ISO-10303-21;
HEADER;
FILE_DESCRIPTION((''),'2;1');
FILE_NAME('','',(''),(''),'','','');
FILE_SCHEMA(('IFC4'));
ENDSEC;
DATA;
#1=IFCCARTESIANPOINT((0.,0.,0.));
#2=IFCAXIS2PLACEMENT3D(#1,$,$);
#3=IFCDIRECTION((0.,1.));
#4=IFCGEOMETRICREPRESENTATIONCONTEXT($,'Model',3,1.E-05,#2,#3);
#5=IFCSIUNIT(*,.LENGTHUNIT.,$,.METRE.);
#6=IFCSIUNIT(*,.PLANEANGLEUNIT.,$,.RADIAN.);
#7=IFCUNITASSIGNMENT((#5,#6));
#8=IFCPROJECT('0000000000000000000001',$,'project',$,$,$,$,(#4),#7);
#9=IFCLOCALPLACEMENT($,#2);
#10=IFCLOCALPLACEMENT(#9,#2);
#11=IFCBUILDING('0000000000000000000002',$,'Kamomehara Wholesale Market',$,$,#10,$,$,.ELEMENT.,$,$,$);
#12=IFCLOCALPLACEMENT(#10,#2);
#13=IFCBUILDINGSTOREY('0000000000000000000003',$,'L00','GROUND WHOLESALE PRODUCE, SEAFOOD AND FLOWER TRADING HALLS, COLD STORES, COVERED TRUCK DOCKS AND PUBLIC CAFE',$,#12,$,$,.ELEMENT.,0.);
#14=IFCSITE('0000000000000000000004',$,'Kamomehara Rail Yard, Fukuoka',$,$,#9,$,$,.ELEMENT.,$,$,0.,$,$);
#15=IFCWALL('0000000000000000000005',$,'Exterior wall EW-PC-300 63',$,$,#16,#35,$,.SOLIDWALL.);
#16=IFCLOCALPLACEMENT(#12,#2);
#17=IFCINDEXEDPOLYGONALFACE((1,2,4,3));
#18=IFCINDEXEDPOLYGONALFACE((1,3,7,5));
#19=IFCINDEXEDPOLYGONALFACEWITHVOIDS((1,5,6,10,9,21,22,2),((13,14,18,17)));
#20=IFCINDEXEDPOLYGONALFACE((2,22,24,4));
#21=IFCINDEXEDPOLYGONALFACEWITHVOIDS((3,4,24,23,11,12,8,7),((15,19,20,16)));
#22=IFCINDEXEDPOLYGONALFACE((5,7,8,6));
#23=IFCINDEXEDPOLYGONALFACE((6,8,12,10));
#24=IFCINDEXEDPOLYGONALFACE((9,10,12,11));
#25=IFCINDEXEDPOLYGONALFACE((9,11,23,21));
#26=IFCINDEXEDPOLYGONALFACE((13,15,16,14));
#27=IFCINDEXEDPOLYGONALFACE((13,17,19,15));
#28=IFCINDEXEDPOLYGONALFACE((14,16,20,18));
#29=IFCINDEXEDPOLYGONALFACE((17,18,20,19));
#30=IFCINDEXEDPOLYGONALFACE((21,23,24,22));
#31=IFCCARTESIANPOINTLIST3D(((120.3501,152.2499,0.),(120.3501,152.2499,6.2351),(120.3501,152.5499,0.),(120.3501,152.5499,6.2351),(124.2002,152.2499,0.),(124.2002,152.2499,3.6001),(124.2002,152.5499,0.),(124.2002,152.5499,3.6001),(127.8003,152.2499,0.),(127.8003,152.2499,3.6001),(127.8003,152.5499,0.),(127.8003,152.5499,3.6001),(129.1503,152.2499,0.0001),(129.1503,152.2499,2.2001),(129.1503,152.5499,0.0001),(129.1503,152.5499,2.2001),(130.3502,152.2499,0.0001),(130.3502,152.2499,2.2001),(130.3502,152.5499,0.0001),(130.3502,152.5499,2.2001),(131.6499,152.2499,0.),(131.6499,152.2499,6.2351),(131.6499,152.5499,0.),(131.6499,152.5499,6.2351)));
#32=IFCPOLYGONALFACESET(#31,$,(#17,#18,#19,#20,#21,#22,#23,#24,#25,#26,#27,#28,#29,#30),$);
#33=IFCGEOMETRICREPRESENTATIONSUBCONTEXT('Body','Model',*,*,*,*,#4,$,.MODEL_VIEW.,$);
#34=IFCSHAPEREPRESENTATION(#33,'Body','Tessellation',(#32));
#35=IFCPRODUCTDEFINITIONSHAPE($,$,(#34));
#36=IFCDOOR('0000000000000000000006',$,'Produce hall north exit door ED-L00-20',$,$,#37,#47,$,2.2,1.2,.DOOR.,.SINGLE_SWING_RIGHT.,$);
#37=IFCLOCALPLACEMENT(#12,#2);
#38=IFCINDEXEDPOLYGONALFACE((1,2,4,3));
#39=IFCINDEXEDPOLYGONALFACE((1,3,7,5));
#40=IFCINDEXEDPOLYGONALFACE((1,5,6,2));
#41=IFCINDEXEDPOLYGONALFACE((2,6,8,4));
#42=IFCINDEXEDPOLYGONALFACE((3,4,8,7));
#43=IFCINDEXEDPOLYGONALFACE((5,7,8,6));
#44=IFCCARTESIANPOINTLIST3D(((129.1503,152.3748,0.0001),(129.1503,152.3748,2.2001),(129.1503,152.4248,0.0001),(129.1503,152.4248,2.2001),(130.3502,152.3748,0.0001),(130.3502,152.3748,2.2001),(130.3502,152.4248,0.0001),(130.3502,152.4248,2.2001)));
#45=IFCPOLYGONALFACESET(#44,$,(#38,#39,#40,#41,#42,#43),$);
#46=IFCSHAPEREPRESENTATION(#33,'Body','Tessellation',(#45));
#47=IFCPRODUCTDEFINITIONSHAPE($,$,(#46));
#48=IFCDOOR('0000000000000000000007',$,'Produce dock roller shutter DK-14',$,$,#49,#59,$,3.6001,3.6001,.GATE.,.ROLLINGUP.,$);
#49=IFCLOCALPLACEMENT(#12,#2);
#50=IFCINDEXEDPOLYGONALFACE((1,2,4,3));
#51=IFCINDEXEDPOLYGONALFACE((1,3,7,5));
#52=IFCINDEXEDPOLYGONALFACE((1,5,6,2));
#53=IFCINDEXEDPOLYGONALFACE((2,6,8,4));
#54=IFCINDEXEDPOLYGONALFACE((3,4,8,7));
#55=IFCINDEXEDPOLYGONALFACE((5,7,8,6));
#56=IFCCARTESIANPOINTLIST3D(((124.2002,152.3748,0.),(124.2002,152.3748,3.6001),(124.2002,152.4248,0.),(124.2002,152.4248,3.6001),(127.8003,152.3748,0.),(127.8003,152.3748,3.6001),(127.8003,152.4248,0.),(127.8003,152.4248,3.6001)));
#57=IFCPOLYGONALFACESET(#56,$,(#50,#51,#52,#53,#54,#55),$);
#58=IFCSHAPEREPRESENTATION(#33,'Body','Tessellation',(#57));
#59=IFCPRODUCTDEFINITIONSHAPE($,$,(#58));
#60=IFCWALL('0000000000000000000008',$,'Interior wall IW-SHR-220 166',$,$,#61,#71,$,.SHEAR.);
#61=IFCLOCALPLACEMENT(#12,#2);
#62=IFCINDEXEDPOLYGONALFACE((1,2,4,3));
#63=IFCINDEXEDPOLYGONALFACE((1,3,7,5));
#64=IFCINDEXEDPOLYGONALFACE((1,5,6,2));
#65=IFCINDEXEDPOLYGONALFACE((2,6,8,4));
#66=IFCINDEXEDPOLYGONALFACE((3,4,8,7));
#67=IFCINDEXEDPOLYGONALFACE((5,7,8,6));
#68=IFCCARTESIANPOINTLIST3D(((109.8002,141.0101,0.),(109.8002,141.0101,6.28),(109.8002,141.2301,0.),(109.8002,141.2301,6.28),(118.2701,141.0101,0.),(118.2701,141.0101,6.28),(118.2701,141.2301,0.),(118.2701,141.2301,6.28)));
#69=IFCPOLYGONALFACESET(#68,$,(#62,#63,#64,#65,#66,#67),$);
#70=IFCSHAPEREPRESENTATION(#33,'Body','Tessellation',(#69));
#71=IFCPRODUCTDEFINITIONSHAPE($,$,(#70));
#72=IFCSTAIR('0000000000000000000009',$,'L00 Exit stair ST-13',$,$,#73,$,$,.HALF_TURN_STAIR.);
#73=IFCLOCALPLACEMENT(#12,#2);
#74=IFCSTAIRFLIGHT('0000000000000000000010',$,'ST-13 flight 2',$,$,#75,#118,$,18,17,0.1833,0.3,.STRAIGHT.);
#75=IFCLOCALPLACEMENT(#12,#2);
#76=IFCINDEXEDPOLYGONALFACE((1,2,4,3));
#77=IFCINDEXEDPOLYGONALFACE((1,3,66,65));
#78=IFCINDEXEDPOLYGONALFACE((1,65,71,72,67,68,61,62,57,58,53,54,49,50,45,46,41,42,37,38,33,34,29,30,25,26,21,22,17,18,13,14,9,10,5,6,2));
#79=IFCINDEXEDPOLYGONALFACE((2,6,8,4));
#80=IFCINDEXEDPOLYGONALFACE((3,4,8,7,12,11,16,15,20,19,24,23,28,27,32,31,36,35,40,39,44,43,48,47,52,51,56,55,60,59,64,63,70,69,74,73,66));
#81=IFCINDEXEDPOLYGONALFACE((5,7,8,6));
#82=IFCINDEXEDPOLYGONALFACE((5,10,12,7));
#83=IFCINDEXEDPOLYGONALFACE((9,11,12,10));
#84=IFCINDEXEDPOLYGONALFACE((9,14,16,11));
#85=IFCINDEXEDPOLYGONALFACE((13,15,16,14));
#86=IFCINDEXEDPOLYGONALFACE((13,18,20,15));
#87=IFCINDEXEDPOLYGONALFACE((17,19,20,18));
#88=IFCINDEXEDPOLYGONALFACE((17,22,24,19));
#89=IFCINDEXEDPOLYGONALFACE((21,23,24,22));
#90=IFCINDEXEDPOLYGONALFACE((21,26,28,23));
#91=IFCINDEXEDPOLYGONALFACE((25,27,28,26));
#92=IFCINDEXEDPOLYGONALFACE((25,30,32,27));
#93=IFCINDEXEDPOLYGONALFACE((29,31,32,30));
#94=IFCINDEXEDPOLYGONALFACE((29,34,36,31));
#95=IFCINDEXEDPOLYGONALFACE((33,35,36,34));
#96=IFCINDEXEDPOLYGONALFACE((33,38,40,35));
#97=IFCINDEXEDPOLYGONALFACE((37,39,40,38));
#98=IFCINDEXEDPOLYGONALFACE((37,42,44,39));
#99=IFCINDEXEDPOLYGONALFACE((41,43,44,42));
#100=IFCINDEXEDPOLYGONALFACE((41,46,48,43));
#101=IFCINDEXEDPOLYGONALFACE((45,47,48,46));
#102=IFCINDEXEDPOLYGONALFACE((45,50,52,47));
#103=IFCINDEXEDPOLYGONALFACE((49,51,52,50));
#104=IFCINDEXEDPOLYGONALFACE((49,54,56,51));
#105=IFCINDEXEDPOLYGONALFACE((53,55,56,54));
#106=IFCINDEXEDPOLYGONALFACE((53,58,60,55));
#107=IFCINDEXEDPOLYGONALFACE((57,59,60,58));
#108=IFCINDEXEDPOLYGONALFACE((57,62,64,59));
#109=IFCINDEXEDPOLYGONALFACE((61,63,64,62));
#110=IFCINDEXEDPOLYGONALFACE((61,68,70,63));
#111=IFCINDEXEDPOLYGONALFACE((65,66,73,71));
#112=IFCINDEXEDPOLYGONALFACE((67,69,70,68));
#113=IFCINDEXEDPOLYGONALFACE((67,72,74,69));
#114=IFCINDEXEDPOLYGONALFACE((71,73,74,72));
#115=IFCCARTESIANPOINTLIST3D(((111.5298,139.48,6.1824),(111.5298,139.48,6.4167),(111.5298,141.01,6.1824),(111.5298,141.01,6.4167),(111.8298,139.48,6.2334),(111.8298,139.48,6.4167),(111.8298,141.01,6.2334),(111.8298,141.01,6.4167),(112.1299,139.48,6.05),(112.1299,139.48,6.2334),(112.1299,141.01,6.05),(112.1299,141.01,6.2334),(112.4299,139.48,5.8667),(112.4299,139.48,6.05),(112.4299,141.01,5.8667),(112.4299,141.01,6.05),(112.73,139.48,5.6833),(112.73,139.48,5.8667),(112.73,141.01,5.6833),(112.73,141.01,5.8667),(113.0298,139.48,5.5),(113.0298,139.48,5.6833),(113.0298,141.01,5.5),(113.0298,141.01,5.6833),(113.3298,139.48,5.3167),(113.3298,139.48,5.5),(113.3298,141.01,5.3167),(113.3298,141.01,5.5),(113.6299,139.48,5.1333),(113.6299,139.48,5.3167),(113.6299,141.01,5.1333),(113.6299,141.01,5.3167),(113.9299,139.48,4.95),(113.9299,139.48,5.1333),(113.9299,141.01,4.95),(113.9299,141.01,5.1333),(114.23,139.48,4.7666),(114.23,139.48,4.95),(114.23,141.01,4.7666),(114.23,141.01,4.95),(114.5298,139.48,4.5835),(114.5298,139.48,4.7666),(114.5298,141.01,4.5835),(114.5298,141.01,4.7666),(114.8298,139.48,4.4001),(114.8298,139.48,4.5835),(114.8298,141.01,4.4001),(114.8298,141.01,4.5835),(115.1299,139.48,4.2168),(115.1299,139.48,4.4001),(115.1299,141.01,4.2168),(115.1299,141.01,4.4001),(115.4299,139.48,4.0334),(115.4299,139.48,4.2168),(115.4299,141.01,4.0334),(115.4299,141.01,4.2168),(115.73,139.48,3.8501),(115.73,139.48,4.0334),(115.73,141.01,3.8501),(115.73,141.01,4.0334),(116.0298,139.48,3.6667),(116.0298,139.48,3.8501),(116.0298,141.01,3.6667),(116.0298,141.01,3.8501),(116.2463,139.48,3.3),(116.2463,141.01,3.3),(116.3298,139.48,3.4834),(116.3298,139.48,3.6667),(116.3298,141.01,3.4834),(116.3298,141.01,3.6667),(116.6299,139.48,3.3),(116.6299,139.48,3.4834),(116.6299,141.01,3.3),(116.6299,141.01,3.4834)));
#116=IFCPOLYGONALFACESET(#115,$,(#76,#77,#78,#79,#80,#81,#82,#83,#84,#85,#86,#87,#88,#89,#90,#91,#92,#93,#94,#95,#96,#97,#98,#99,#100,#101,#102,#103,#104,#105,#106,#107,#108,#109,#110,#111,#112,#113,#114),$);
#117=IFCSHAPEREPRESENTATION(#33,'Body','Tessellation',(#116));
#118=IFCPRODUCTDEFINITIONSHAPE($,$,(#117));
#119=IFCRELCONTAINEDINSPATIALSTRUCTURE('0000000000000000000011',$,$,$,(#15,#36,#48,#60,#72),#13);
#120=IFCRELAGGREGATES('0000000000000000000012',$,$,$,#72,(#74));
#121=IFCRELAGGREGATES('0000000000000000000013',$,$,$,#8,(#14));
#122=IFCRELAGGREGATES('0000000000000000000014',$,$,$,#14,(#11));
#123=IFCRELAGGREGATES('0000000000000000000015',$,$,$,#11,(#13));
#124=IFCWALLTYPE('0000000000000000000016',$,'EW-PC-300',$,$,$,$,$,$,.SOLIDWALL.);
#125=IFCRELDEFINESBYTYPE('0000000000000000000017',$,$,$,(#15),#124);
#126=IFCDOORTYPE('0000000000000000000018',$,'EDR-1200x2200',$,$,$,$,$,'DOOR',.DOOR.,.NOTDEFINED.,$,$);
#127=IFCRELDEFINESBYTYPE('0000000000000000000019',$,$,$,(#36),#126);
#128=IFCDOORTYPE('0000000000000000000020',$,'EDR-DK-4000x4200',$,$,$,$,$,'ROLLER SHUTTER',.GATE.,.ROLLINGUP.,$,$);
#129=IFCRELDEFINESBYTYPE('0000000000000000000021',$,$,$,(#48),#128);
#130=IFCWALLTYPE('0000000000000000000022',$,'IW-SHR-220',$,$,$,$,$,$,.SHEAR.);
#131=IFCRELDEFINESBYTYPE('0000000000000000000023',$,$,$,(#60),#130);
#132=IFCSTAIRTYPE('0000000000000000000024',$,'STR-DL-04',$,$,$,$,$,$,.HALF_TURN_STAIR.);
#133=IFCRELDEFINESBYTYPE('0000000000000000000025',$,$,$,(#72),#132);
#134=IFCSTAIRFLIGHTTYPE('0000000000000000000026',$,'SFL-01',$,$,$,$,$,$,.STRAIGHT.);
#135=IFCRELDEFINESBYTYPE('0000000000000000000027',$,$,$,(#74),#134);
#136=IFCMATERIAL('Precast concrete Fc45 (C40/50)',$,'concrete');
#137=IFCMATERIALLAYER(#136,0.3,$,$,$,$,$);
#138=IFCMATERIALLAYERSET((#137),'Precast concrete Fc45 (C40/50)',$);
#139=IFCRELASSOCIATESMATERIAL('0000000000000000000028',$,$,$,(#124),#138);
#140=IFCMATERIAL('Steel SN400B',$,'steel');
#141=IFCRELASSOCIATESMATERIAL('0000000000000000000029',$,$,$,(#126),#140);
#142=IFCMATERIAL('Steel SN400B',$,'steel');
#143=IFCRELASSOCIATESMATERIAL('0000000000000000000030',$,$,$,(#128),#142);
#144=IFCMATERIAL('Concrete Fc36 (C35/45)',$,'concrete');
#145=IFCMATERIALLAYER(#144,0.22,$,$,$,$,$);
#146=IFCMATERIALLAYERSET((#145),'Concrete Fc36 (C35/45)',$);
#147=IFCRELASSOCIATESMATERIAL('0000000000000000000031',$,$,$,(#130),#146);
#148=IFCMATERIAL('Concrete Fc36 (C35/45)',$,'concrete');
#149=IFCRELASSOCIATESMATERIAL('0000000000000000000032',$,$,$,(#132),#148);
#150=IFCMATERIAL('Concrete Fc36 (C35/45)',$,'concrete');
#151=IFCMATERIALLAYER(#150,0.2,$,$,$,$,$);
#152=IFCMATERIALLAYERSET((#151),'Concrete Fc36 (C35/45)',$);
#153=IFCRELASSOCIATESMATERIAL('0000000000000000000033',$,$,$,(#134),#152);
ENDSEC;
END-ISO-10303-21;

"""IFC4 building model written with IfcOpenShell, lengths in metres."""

from ifc_helpers import new_model, si_unit, direction, frame, frame_2d, origin, place, context, subcontext, project, spatial, polyline, rectangle, outline, extrude, material, layer, layer_set, type_object, element, fill, aggregate, save


model = new_model("IFC4")

# Units and contexts
model_context = context("Model", 3, precision=1e-05, world=origin(), true_north=direction((0.0, 1.0)))
body_context = subcontext(model_context, "Body", "Model", "MODEL_VIEW")
ifc_project = project(units=[si_unit("LENGTHUNIT", "METRE"), si_unit("PLANEANGLEUNIT", "RADIAN")], contexts=[model_context])

# Site, building, storey
site_placement = place(None, origin())
site = spatial("IfcSite", under=ifc_project, at=site_placement, Name="Kamomehara Rail Yard, Fukuoka", CompositionType="ELEMENT", RefElevation=0.0)
building_placement = place(site_placement, origin())
building = spatial("IfcBuilding", under=site, at=building_placement, Name="Kamomehara Wholesale Market", CompositionType="ELEMENT")
storey_placement = place(building_placement, origin())
storey = spatial("IfcBuildingStorey", under=building, at=storey_placement, Name="L00", Description="GROUND WHOLESALE PRODUCE, SEAFOOD AND FLOWER TRADING HALLS, COLD STORES, COVERED TRUCK DOCKS AND PUBLIC CAFE", CompositionType="ELEMENT", Elevation=0.0)

# Wall, openings, doors
ifc_material_1 = material(Name="Precast concrete Fc45 (C40/50)", Category="concrete")
ifc_layer_1 = layer(ifc_material_1, 0.3)
ifc_layer_set_1 = layer_set([ifc_layer_1], Name="Precast concrete Fc45 (C40/50)")
wall_type_1 = type_object("IfcWallType", Name="EW-PC-300", PredefinedType="SOLIDWALL", material=ifc_layer_set_1)
wall_1_placement = place(storey_placement, frame((120.3501, 152.3999, 0.0), z_axis=(0.0, 0.0, 1.0), x_axis=(1.0, 0.0, 0.0)))
wall_1 = element("IfcWall", 1, at=wall_1_placement, inside=storey, type_object=wall_type_1, Name="Exterior wall EW-PC-300 63", PredefinedType="SOLIDWALL", context=body_context, shape_type="SweptSolid", body=[
    extrude(rectangle(XDim=11.2998, YDim=0.3, at=frame_2d((5.6499, 0.0))), origin(), (0.0, 0.0, 1.0), 6.2351),
])
opening_1_placement = place(wall_1_placement, frame((3.8501, 0.0, 0.0)))
opening_1 = element("IfcOpeningElement", 2, at=opening_1_placement, cuts=wall_1, PredefinedType="OPENING", context=body_context, shape_type="SweptSolid", body=[
    extrude(rectangle(XDim=3.6001, YDim=3.6001, at=frame_2d((1.8, 1.8))), frame((0.0, 0.165, 0.0), z_axis=(0.0, -1.0, 0.0), x_axis=(1.0, 0.0, 0.0)), (0.0, 0.0, 1.0), 0.3298),
])
opening_2_placement = place(wall_1_placement, frame((8.8, 0.0, 0.0)))
opening_2 = element("IfcOpeningElement", 3, at=opening_2_placement, cuts=wall_1, PredefinedType="OPENING", context=body_context, shape_type="SweptSolid", body=[
    extrude(rectangle(XDim=1.2, YDim=2.2, at=frame_2d((0.6001, 1.1001))), frame((0.0, 0.165, 0.0), z_axis=(0.0, -1.0, 0.0), x_axis=(1.0, 0.0, 0.0)), (0.0, 0.0, 1.0), 0.3298),
])
ifc_material_2 = material(Name="Steel SN400B", Category="steel")
door_type_1 = type_object("IfcDoorType", Name="EDR-1200x2200", ElementType="DOOR", OperationType="NOTDEFINED", PredefinedType="DOOR", material=ifc_material_2)
door_1_placement = place(opening_2_placement, origin())
door_1 = element("IfcDoor", 4, at=door_1_placement, inside=storey, type_object=door_type_1, Name="Produce hall north exit door ED-L00-20", OperationType="SINGLE_SWING_RIGHT", OverallHeight=2.2, OverallWidth=1.2, PredefinedType="DOOR", context=body_context, shape_type="SweptSolid", body=[
    extrude(rectangle(XDim=1.2, YDim=2.2, at=frame_2d((0.6001, 1.1001))), frame((0.0, 0.0249, 0.0), z_axis=(0.0, -1.0, 0.0), x_axis=(1.0, 0.0, 0.0)), (0.0, 0.0, 1.0), 0.05),
])
fill(opening_2, door_1)
ifc_material_3 = material(Name="Steel SN400B", Category="steel")
door_type_2 = type_object("IfcDoorType", Name="EDR-DK-4000x4200", ElementType="ROLLER SHUTTER", OperationType="ROLLINGUP", PredefinedType="GATE", material=ifc_material_3)
door_2_placement = place(opening_1_placement, origin())
door_2 = element("IfcDoor", 5, at=door_2_placement, inside=storey, type_object=door_type_2, Name="Produce dock roller shutter DK-14", OperationType="ROLLINGUP", OverallHeight=3.6001, OverallWidth=3.6001, PredefinedType="GATE", context=body_context, shape_type="SweptSolid", body=[
    extrude(rectangle(XDim=3.6001, YDim=3.6001, at=frame_2d((1.8, 1.8))), frame((0.0, 0.0249, 0.0), z_axis=(0.0, -1.0, 0.0), x_axis=(1.0, 0.0, 0.0)), (0.0, 0.0, 1.0), 0.05),
])
fill(opening_1, door_2)

# Wall
ifc_material_4 = material(Name="Concrete Fc36 (C35/45)", Category="concrete")
ifc_layer_2 = layer(ifc_material_4, 0.22)
ifc_layer_set_2 = layer_set([ifc_layer_2], Name="Concrete Fc36 (C35/45)")
wall_type_2 = type_object("IfcWallType", Name="IW-SHR-220", PredefinedType="SHEAR", material=ifc_layer_set_2)
wall_2_placement = place(storey_placement, frame((118.27, 141.1201, 0.0), z_axis=(0.0, 0.0, 1.0), x_axis=(-1.0, 0.0, 0.0)))
element("IfcWall", 6, at=wall_2_placement, inside=storey, type_object=wall_type_2, Name="Interior wall IW-SHR-220 166", PredefinedType="SHEAR", context=body_context, shape_type="SweptSolid", body=[
    extrude(rectangle(XDim=8.47, YDim=0.22, at=frame_2d((4.2349, 0.0))), origin(), (0.0, 0.0, 1.0), 6.28),
])

# Stair, stair flight
ifc_material_5 = material(Name="Concrete Fc36 (C35/45)", Category="concrete")
stair_type = type_object("IfcStairType", Name="STR-DL-04", PredefinedType="HALF_TURN_STAIR", material=ifc_material_5)
stair_placement = place(storey_placement, origin())
stair = element("IfcStair", 7, at=stair_placement, inside=storey, type_object=stair_type, Name="L00 Exit stair ST-13", PredefinedType="HALF_TURN_STAIR")
ifc_material_6 = material(Name="Concrete Fc36 (C35/45)", Category="concrete")
ifc_layer_3 = layer(ifc_material_6, 0.2)
ifc_layer_set_3 = layer_set([ifc_layer_3], Name="Concrete Fc36 (C35/45)")
stair_flight_type = type_object("IfcStairFlightType", Name="SFL-01", PredefinedType="STRAIGHT", material=ifc_layer_set_3)
stair_flight_placement = place(storey_placement, frame((116.6299, 140.2451, 3.3), z_axis=(0.0, 0.0, 1.0), x_axis=(-1.0, 0.0, 0.0)))
stair_flight = element("IfcStairFlight", 8, at=stair_flight_placement, type_object=stair_flight_type, Name="ST-13 flight 2", NumberOfRisers=18, NumberOfTreads=17, PredefinedType="STRAIGHT", RiserHeight=0.1833, TreadLength=0.3, context=body_context, shape_type="SweptSolid", body=[
    extrude(outline(polyline([(0.0, 0.0), (0.0, 0.1833), (0.3, 0.1833), (0.3, 0.3667), (0.6001, 0.3667), (0.6001, 0.55), (0.8999, 0.55), (0.8999, 0.7334), (1.2, 0.7334), (1.2, 0.9167), (1.5, 0.9167), (1.5, 1.1001), (1.8, 1.1001), (1.8, 1.2834), (2.1001, 1.2834), (2.1001, 1.4666), (2.3999, 1.4666), (2.3999, 1.6499), (2.7, 1.6499), (2.7, 1.8333), (3.0, 1.8333), (3.0, 2.0166), (3.3, 2.0166), (3.3, 2.2), (3.6001, 2.2), (3.6001, 2.3833), (3.8999, 2.3833), (3.8999, 2.5667), (4.2, 2.5667), (4.2, 2.75), (4.5, 2.75), (4.5, 2.9333), (4.8, 2.9333), (4.8, 3.1167), (5.1001, 3.1167), (5.1001, 3.3), (5.1001, 2.8823), (0.3835, 0.0), (0.0, 0.0)])), frame((0.0, 0.7651, 0.0), z_axis=(0.0, -1.0, 0.0), x_axis=(1.0, 0.0, 0.0)), (0.0, 0.0, 1.0), 1.53),
])
aggregate(stair, [stair_flight])

save(model, "model.ifc")
